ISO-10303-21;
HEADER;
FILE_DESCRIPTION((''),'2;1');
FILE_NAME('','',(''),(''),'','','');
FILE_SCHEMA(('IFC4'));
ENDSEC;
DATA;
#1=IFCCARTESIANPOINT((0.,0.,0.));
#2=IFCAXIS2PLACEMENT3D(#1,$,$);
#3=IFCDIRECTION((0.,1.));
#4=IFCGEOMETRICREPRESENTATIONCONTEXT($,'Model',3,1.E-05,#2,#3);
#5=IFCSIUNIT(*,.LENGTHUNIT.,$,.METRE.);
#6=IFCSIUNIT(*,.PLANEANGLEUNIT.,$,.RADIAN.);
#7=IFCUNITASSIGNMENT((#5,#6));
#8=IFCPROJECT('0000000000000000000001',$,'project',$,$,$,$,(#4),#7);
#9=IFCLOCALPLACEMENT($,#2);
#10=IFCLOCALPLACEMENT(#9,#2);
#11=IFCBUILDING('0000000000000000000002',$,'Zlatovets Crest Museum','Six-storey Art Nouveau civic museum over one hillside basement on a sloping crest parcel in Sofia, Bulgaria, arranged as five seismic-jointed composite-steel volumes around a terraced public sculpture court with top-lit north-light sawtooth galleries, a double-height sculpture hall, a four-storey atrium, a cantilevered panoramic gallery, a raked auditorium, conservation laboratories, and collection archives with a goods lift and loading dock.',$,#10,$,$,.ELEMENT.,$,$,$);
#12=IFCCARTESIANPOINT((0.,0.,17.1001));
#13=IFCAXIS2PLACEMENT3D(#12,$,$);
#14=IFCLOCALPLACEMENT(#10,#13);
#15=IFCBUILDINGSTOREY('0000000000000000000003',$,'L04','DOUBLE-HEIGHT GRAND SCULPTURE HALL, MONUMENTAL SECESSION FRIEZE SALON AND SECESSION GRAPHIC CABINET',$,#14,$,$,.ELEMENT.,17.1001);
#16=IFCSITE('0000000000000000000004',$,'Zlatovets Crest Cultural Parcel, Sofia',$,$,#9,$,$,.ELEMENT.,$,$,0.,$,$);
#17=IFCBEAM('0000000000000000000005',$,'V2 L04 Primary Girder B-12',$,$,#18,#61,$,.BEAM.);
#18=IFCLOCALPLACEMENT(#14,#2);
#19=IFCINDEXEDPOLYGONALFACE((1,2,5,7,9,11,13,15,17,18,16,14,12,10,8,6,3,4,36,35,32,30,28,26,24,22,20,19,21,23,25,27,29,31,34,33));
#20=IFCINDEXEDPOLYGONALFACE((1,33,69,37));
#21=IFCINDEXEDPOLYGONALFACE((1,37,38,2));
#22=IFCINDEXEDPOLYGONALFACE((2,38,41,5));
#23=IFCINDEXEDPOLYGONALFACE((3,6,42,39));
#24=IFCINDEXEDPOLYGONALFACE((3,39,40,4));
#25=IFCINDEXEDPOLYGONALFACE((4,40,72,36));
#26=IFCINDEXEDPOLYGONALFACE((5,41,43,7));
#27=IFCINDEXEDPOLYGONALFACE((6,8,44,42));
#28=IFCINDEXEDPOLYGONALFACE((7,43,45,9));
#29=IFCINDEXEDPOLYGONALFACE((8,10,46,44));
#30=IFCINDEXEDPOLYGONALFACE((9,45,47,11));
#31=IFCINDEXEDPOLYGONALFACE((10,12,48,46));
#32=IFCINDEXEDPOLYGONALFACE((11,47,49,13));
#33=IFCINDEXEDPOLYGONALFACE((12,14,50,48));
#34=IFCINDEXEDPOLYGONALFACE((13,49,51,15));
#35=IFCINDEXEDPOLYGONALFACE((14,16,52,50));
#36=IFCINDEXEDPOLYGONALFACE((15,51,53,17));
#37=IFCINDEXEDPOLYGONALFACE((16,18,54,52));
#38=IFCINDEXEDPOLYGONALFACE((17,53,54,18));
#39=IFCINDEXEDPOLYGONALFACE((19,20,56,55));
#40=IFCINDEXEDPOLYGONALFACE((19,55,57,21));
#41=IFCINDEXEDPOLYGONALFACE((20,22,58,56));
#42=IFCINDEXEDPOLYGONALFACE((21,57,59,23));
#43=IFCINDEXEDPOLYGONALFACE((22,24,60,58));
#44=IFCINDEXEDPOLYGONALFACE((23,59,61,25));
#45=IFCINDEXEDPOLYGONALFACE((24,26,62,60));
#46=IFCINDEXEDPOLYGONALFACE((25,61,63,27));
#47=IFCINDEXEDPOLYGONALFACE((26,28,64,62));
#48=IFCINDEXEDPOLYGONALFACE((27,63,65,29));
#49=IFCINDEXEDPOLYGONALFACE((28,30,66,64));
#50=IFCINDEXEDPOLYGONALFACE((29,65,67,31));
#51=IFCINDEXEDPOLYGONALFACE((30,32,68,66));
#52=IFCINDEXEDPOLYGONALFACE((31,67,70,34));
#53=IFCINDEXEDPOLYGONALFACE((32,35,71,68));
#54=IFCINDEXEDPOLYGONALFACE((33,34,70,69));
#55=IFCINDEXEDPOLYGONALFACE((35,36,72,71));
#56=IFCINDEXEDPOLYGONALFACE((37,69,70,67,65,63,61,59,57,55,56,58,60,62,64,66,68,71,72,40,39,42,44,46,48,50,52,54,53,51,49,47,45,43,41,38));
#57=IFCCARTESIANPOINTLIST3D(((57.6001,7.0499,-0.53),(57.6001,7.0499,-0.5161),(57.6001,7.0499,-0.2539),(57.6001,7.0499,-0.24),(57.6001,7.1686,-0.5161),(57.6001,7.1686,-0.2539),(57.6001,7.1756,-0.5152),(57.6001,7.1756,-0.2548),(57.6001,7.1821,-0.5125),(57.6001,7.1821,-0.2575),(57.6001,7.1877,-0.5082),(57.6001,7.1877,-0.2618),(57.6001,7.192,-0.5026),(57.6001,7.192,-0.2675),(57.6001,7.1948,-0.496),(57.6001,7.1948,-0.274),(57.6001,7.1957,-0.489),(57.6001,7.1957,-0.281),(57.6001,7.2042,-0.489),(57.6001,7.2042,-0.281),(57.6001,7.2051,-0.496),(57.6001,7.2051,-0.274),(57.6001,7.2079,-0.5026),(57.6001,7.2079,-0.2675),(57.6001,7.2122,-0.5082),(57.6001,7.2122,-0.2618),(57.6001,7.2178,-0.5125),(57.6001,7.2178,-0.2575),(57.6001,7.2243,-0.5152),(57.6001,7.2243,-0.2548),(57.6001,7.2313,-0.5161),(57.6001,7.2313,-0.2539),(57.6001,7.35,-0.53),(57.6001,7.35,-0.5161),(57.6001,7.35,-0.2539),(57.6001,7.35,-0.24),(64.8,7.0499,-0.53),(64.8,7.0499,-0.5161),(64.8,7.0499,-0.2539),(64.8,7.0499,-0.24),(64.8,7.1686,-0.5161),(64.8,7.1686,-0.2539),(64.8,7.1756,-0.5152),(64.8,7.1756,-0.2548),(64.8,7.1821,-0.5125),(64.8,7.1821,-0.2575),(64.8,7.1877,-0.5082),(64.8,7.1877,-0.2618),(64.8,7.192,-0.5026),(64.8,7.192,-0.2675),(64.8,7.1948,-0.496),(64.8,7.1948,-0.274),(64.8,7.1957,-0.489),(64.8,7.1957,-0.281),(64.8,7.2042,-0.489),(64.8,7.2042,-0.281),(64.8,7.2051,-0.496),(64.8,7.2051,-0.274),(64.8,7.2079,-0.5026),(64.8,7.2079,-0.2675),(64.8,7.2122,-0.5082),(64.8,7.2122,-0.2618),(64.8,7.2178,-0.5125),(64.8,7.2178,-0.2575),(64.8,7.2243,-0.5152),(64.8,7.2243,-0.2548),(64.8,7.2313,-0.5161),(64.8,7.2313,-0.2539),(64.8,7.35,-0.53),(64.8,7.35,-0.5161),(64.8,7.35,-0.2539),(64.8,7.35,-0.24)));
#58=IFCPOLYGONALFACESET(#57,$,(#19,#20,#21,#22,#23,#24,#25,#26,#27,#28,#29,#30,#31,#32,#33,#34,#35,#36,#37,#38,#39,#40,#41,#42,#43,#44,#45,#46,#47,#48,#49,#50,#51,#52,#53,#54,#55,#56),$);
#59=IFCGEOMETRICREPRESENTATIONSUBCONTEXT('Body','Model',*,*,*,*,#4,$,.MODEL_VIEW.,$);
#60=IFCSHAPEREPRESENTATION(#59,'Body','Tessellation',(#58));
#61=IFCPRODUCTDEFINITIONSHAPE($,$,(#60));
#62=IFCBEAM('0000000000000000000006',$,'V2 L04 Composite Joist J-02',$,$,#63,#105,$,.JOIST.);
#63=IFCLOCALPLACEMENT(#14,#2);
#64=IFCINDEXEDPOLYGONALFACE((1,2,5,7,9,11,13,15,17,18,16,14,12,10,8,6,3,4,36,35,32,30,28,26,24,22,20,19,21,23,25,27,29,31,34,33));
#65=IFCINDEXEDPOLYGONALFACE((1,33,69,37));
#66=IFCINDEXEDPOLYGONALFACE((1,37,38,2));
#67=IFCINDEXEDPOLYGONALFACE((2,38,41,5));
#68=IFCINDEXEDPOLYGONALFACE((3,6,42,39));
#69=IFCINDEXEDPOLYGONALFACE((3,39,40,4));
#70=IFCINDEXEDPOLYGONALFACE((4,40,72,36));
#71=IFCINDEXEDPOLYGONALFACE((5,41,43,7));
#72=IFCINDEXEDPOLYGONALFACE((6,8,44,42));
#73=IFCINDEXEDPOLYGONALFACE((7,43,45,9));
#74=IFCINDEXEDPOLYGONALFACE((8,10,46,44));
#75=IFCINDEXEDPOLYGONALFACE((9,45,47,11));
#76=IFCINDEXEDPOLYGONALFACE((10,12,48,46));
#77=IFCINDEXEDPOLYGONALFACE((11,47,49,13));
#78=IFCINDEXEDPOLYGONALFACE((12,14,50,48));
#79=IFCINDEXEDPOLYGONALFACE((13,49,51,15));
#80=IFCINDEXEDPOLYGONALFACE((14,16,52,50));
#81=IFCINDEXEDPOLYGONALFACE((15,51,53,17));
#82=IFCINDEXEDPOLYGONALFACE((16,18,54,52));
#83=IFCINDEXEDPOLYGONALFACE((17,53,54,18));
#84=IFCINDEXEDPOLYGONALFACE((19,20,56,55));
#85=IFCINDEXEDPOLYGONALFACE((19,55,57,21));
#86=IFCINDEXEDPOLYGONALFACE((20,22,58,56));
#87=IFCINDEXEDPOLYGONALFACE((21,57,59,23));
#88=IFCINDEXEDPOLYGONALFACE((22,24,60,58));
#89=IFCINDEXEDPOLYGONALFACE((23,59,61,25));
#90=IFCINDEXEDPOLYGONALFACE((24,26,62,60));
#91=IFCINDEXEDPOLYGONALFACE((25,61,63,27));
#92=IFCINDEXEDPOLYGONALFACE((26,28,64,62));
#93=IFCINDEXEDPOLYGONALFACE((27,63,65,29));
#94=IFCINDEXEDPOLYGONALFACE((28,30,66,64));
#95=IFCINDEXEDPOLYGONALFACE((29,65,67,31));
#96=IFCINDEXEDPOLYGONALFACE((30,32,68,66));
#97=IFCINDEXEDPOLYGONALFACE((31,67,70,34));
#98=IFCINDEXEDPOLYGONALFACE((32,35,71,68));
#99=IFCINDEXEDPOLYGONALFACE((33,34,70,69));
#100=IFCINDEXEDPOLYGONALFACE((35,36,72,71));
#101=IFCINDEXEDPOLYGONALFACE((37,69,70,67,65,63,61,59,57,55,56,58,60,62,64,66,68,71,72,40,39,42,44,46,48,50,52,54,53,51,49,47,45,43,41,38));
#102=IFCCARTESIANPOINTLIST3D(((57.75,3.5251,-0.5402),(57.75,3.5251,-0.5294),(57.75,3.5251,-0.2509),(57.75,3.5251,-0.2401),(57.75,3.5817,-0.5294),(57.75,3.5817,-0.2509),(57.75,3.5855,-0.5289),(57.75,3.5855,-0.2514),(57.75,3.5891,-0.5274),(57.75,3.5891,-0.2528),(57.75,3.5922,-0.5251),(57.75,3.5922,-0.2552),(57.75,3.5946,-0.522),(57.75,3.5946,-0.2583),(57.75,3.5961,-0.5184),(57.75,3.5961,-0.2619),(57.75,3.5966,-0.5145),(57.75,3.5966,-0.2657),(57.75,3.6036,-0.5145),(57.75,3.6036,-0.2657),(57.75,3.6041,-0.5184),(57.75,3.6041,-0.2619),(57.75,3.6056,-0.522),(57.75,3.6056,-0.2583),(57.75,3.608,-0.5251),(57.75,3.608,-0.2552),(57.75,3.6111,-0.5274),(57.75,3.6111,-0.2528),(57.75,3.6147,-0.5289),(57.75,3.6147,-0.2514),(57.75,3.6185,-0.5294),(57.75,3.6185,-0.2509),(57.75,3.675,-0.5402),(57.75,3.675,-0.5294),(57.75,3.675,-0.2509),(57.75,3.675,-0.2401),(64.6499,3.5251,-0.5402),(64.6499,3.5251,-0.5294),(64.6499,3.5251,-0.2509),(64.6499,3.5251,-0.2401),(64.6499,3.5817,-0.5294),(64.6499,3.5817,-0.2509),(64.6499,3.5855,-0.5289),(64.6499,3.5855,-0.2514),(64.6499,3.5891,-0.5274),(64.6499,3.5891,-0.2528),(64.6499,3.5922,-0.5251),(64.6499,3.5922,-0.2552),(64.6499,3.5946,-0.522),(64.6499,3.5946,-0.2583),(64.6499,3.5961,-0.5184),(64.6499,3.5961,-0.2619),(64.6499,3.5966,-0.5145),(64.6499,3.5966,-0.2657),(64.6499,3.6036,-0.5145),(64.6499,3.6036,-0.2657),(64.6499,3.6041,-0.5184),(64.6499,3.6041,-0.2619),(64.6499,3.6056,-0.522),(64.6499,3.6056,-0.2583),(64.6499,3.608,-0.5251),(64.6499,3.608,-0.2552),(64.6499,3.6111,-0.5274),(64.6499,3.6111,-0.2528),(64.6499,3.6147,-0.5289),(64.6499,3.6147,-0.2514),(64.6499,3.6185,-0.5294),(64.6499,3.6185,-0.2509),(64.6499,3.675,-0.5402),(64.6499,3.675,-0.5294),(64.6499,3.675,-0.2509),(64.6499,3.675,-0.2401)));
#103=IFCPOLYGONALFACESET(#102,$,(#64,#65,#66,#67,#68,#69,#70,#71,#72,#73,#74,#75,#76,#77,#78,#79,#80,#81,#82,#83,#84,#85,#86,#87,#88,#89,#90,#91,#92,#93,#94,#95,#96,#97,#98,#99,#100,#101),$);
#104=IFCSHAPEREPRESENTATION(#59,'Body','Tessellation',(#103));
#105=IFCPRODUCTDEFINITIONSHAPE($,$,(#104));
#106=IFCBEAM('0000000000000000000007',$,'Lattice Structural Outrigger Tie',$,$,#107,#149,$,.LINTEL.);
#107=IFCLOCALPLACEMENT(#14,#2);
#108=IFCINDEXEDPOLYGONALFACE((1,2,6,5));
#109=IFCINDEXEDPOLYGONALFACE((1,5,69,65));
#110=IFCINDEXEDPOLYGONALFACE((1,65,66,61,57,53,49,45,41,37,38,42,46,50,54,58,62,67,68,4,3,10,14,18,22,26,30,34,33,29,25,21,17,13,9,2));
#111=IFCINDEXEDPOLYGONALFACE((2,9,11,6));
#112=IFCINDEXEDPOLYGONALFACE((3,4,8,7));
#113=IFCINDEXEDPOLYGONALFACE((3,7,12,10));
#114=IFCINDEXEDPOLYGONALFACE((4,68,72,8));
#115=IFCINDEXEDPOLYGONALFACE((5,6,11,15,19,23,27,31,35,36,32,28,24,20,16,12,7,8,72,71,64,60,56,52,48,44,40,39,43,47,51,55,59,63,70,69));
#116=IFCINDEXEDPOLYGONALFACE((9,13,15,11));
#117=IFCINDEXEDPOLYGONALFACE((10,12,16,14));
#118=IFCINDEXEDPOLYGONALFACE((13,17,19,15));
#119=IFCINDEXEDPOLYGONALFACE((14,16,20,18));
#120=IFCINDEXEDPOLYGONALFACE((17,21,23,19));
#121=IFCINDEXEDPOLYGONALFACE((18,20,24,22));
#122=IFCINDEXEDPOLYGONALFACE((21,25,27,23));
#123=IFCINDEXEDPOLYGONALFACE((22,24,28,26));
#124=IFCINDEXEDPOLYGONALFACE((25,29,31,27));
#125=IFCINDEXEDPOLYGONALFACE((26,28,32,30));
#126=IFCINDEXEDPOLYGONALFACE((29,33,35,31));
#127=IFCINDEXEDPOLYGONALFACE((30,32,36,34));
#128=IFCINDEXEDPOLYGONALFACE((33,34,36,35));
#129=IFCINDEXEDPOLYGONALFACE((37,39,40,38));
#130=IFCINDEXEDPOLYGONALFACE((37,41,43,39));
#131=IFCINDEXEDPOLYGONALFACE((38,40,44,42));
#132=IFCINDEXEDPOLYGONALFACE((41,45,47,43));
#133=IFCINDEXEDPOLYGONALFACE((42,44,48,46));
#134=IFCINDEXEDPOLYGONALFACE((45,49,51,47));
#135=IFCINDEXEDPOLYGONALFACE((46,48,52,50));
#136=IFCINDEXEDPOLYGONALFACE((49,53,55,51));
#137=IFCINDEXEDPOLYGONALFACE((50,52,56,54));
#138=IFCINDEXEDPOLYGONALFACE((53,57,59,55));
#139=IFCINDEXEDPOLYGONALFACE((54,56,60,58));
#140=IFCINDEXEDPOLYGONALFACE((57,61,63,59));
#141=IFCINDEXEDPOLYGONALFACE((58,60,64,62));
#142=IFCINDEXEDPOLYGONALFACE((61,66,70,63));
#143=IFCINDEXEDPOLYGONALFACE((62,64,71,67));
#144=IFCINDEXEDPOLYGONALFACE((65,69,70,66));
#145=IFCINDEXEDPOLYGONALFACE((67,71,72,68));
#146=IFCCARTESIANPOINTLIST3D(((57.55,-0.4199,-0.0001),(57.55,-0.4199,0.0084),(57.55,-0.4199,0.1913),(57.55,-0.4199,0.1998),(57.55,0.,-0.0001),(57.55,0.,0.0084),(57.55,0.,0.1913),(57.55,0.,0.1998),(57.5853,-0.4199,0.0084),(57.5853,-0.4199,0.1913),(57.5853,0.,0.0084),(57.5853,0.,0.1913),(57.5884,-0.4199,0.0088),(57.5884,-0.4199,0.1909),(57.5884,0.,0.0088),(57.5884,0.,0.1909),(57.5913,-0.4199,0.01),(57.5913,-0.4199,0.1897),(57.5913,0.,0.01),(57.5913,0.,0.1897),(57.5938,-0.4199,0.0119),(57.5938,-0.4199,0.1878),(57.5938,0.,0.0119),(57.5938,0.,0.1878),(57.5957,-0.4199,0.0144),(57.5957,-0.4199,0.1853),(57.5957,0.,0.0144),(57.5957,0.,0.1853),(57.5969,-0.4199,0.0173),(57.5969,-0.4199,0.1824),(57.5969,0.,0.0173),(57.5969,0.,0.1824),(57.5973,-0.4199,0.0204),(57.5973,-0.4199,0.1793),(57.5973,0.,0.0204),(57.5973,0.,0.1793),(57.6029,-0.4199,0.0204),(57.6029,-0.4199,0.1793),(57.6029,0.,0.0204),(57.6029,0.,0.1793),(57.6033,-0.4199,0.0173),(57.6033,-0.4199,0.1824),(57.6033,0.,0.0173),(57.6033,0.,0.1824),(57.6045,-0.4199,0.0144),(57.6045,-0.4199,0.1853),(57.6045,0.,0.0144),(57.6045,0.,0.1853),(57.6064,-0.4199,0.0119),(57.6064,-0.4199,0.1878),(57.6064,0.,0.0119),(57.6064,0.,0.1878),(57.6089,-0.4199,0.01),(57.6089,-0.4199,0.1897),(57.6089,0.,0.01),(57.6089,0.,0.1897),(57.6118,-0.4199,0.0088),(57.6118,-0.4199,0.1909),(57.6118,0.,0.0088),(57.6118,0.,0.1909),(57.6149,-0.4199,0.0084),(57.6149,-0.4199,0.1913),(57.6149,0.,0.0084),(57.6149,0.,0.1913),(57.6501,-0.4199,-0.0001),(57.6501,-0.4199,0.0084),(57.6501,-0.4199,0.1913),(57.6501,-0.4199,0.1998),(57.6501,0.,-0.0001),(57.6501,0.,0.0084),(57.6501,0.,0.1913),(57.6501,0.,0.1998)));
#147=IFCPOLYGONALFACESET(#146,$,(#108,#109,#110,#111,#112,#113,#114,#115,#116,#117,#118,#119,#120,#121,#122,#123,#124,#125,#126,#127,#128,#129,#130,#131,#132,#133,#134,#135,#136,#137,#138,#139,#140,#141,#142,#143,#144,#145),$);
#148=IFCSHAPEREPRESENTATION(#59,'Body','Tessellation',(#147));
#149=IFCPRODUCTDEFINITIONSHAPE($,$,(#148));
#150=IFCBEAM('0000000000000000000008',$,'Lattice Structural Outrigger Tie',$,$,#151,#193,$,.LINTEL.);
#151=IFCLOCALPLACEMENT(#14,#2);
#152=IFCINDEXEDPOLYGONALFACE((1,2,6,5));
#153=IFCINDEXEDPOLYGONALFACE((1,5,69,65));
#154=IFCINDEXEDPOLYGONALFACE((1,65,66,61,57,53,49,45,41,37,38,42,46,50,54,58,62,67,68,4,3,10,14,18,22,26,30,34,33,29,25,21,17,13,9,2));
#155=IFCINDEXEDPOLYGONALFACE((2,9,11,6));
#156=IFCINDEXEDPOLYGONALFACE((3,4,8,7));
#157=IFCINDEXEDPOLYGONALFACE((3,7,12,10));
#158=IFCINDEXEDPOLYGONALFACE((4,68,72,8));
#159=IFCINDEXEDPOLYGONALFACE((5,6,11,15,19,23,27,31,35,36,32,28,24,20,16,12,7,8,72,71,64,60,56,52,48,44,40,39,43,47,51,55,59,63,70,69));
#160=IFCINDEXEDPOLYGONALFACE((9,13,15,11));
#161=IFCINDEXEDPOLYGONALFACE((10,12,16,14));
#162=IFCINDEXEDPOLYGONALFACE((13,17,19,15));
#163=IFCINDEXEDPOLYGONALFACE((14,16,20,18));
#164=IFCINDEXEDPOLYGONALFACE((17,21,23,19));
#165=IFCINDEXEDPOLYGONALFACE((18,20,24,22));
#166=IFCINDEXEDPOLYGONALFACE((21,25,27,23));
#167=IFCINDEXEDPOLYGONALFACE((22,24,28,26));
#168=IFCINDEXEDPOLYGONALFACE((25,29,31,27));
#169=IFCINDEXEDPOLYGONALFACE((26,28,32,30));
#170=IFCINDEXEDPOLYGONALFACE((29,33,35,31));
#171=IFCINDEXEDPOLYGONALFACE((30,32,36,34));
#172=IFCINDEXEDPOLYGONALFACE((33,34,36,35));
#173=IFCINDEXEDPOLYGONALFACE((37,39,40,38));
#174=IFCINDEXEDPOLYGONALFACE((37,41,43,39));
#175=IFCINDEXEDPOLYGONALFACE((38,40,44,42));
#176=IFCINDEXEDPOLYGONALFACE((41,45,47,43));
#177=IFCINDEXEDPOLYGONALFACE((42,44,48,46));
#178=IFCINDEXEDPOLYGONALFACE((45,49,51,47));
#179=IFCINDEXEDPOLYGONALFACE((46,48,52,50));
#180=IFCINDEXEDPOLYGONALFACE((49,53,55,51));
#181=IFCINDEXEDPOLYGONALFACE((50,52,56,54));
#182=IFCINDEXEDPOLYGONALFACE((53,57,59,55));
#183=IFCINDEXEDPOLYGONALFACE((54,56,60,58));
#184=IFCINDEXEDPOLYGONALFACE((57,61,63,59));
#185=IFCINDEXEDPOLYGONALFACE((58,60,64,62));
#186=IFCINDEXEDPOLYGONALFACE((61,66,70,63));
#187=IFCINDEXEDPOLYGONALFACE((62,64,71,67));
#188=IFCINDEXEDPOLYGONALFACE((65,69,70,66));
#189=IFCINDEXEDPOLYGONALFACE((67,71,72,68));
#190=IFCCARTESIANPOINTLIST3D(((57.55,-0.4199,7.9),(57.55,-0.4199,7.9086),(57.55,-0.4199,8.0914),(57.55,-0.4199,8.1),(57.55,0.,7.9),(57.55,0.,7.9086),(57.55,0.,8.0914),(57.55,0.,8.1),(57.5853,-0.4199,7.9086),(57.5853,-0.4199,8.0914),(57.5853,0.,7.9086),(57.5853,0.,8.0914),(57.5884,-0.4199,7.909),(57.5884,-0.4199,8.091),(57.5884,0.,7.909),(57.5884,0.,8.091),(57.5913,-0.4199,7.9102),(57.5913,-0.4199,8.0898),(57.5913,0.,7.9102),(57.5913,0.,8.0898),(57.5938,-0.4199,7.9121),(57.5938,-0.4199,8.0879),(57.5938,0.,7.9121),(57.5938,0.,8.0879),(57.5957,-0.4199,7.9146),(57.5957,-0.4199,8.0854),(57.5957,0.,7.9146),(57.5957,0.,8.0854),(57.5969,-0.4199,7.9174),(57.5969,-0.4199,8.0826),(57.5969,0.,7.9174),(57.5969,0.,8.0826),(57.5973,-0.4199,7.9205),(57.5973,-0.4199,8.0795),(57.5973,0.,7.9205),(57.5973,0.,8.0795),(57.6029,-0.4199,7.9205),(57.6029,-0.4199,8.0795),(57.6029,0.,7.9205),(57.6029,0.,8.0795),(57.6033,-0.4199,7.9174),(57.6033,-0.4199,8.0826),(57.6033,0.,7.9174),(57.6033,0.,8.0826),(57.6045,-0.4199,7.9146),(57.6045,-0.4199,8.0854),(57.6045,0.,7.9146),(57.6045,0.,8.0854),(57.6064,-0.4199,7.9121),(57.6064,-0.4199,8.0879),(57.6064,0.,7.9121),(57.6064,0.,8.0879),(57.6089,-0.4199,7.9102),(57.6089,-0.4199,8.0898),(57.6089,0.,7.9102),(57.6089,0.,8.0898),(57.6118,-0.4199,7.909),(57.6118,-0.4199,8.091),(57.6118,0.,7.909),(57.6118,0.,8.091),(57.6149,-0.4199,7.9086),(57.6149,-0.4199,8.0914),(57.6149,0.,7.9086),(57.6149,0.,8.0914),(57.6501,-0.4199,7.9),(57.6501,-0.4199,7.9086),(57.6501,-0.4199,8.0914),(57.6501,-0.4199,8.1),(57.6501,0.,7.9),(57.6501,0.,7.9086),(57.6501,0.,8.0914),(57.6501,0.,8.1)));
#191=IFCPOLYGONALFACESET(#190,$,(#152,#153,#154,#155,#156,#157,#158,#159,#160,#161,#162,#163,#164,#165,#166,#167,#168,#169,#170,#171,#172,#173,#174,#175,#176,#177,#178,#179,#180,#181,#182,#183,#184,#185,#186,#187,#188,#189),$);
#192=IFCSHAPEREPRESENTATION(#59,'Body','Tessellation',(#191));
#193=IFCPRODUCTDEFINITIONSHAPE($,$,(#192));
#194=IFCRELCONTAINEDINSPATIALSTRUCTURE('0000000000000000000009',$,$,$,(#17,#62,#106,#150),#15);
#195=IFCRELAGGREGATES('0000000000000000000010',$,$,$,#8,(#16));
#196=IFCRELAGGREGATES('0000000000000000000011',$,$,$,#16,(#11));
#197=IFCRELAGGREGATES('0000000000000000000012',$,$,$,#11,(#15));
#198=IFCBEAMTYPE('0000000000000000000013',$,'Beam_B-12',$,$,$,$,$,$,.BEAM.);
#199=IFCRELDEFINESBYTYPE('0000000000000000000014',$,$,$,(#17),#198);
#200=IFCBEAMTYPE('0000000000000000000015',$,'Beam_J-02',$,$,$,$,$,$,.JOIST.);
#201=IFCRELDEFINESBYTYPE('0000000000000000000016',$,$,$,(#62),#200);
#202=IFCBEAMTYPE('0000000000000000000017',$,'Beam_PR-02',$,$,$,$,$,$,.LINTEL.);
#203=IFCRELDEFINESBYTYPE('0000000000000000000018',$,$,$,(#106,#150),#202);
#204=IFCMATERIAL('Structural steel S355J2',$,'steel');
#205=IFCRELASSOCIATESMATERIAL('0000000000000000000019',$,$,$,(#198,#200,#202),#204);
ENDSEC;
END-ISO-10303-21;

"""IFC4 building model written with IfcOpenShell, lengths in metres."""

from ifc_helpers import new_model, si_unit, direction, frame, origin, origin_2d, place, context, subcontext, project, spatial, i_section, extrude, material, material_profile, profile_set, type_object, element, save


model = new_model("IFC4")

# Units and contexts
model_context = context("Model", 3, precision=1e-05, world=origin(), true_north=direction((0.0, 1.0)))
body_context = subcontext(model_context, "Body", "Model", "MODEL_VIEW")
ifc_project = project(units=[si_unit("LENGTHUNIT", "METRE"), si_unit("PLANEANGLEUNIT", "RADIAN")], contexts=[model_context])

# Site, building, storey
site_placement = place(None, origin())
site = spatial("IfcSite", under=ifc_project, at=site_placement, Name="Zlatovets Crest Cultural Parcel, Sofia", CompositionType="ELEMENT", RefElevation=0.0)
building_placement = place(site_placement, origin())
building = spatial("IfcBuilding", under=site, at=building_placement, Name="Zlatovets Crest Museum", Description="Six-storey Art Nouveau civic museum over one hillside basement on a sloping crest parcel in Sofia, Bulgaria, arranged as five seismic-jointed composite-steel volumes around a terraced public sculpture court with top-lit north-light sawtooth galleries, a double-height sculpture hall, a four-storey atrium, a cantilevered panoramic gallery, a raked auditorium, conservation laboratories, and collection archives with a goods lift and loading dock.", CompositionType="ELEMENT")
storey_placement = place(building_placement, frame((0.0, 0.0, 17.1001)))
storey = spatial("IfcBuildingStorey", under=building, at=storey_placement, Name="L04", Description="DOUBLE-HEIGHT GRAND SCULPTURE HALL, MONUMENTAL SECESSION FRIEZE SALON AND SECESSION GRAPHIC CABINET", CompositionType="ELEMENT", Elevation=17.1001)

# Shared definitions
ifc_material_1 = material(Name="Structural steel S355J2", Category="steel")

# Beams
ifc_material_profile_1 = material_profile(ifc_material_1, i_section(OverallWidth=0.3, OverallDepth=0.29, WebThickness=0.0085, FlangeThickness=0.0139, FilletRadius=0.0271, at=origin_2d()), Name="HEA 300")
ifc_profile_set_1 = profile_set([ifc_material_profile_1], Name="Structural steel S355J2")
beam_type_1 = type_object("IfcBeamType", Name="Beam_B-12", PredefinedType="BEAM", material=ifc_profile_set_1)
for number, where, z_axis, x_axis, name in (
    (1, (57.6001, 7.2, -0.385), (1.0, 0.0, 0.0), (0.0, 1.0, 0.0), "V2 L04 Primary Girder B-12"),
):
    element("IfcBeam", number, at=place(storey_placement, frame(where, z_axis=z_axis, x_axis=x_axis)), inside=storey, type_object=beam_type_1, Name=name, PredefinedType="BEAM", context=body_context, shape_type="SweptSolid", body=[
        extrude(i_section(OverallWidth=0.3, OverallDepth=0.29, WebThickness=0.0085, FlangeThickness=0.0139, FilletRadius=0.0271, at=origin_2d()), origin(), (0.0, 0.0, 1.0), 7.2),
    ])
ifc_material_profile_2 = material_profile(ifc_material_1, i_section(OverallWidth=0.1499, OverallDepth=0.3, WebThickness=0.0071, FlangeThickness=0.0107, FilletRadius=0.0149, at=origin_2d()), Name="IPE 300")
ifc_profile_set_2 = profile_set([ifc_material_profile_2], Name="Structural steel S355J2")
beam_type_2 = type_object("IfcBeamType", Name="Beam_J-02", PredefinedType="JOIST", material=ifc_profile_set_2)
beam_placement = place(storey_placement, frame((57.75, 3.6001, -0.3901), z_axis=(1.0, 0.0, 0.0), x_axis=(0.0, 1.0, 0.0)))
element("IfcBeam", 2, at=beam_placement, inside=storey, type_object=beam_type_2, Name="V2 L04 Composite Joist J-02", PredefinedType="JOIST", context=body_context, shape_type="SweptSolid", body=[
    extrude(i_section(OverallWidth=0.1499, OverallDepth=0.3, WebThickness=0.0071, FlangeThickness=0.0107, FilletRadius=0.0149, at=origin_2d()), origin(), (0.0, 0.0, 1.0), 6.8999),
])
ifc_material_profile_3 = material_profile(ifc_material_1, i_section(OverallWidth=0.1001, OverallDepth=0.2, WebThickness=0.0056, FlangeThickness=0.0085, FilletRadius=0.012, at=origin_2d()), Name="IPE 200")
ifc_profile_set_3 = profile_set([ifc_material_profile_3], Name="Structural steel S355J2")
beam_type_3 = type_object("IfcBeamType", Name="Beam_PR-02", PredefinedType="LINTEL", material=ifc_profile_set_3)
for number, where, z_axis, x_axis, name in (
    (3, (57.6001, 0.0, 0.0999), (0.0, -1.0, 0.0), (1.0, 0.0, 0.0), "Lattice Structural Outrigger Tie"),
    (4, (57.6001, 0.0, 8.0), (0.0, -1.0, 0.0), (1.0, 0.0, 0.0), "Lattice Structural Outrigger Tie"),
):
    element("IfcBeam", number, at=place(storey_placement, frame(where, z_axis=z_axis, x_axis=x_axis)), inside=storey, type_object=beam_type_3, Name=name, PredefinedType="LINTEL", context=body_context, shape_type="SweptSolid", body=[
        extrude(i_section(OverallWidth=0.1001, OverallDepth=0.2, WebThickness=0.0056, FlangeThickness=0.0085, FilletRadius=0.012, at=origin_2d()), origin(), (0.0, 0.0, 1.0), 0.4199),
    ])

save(model, "model.ifc")
